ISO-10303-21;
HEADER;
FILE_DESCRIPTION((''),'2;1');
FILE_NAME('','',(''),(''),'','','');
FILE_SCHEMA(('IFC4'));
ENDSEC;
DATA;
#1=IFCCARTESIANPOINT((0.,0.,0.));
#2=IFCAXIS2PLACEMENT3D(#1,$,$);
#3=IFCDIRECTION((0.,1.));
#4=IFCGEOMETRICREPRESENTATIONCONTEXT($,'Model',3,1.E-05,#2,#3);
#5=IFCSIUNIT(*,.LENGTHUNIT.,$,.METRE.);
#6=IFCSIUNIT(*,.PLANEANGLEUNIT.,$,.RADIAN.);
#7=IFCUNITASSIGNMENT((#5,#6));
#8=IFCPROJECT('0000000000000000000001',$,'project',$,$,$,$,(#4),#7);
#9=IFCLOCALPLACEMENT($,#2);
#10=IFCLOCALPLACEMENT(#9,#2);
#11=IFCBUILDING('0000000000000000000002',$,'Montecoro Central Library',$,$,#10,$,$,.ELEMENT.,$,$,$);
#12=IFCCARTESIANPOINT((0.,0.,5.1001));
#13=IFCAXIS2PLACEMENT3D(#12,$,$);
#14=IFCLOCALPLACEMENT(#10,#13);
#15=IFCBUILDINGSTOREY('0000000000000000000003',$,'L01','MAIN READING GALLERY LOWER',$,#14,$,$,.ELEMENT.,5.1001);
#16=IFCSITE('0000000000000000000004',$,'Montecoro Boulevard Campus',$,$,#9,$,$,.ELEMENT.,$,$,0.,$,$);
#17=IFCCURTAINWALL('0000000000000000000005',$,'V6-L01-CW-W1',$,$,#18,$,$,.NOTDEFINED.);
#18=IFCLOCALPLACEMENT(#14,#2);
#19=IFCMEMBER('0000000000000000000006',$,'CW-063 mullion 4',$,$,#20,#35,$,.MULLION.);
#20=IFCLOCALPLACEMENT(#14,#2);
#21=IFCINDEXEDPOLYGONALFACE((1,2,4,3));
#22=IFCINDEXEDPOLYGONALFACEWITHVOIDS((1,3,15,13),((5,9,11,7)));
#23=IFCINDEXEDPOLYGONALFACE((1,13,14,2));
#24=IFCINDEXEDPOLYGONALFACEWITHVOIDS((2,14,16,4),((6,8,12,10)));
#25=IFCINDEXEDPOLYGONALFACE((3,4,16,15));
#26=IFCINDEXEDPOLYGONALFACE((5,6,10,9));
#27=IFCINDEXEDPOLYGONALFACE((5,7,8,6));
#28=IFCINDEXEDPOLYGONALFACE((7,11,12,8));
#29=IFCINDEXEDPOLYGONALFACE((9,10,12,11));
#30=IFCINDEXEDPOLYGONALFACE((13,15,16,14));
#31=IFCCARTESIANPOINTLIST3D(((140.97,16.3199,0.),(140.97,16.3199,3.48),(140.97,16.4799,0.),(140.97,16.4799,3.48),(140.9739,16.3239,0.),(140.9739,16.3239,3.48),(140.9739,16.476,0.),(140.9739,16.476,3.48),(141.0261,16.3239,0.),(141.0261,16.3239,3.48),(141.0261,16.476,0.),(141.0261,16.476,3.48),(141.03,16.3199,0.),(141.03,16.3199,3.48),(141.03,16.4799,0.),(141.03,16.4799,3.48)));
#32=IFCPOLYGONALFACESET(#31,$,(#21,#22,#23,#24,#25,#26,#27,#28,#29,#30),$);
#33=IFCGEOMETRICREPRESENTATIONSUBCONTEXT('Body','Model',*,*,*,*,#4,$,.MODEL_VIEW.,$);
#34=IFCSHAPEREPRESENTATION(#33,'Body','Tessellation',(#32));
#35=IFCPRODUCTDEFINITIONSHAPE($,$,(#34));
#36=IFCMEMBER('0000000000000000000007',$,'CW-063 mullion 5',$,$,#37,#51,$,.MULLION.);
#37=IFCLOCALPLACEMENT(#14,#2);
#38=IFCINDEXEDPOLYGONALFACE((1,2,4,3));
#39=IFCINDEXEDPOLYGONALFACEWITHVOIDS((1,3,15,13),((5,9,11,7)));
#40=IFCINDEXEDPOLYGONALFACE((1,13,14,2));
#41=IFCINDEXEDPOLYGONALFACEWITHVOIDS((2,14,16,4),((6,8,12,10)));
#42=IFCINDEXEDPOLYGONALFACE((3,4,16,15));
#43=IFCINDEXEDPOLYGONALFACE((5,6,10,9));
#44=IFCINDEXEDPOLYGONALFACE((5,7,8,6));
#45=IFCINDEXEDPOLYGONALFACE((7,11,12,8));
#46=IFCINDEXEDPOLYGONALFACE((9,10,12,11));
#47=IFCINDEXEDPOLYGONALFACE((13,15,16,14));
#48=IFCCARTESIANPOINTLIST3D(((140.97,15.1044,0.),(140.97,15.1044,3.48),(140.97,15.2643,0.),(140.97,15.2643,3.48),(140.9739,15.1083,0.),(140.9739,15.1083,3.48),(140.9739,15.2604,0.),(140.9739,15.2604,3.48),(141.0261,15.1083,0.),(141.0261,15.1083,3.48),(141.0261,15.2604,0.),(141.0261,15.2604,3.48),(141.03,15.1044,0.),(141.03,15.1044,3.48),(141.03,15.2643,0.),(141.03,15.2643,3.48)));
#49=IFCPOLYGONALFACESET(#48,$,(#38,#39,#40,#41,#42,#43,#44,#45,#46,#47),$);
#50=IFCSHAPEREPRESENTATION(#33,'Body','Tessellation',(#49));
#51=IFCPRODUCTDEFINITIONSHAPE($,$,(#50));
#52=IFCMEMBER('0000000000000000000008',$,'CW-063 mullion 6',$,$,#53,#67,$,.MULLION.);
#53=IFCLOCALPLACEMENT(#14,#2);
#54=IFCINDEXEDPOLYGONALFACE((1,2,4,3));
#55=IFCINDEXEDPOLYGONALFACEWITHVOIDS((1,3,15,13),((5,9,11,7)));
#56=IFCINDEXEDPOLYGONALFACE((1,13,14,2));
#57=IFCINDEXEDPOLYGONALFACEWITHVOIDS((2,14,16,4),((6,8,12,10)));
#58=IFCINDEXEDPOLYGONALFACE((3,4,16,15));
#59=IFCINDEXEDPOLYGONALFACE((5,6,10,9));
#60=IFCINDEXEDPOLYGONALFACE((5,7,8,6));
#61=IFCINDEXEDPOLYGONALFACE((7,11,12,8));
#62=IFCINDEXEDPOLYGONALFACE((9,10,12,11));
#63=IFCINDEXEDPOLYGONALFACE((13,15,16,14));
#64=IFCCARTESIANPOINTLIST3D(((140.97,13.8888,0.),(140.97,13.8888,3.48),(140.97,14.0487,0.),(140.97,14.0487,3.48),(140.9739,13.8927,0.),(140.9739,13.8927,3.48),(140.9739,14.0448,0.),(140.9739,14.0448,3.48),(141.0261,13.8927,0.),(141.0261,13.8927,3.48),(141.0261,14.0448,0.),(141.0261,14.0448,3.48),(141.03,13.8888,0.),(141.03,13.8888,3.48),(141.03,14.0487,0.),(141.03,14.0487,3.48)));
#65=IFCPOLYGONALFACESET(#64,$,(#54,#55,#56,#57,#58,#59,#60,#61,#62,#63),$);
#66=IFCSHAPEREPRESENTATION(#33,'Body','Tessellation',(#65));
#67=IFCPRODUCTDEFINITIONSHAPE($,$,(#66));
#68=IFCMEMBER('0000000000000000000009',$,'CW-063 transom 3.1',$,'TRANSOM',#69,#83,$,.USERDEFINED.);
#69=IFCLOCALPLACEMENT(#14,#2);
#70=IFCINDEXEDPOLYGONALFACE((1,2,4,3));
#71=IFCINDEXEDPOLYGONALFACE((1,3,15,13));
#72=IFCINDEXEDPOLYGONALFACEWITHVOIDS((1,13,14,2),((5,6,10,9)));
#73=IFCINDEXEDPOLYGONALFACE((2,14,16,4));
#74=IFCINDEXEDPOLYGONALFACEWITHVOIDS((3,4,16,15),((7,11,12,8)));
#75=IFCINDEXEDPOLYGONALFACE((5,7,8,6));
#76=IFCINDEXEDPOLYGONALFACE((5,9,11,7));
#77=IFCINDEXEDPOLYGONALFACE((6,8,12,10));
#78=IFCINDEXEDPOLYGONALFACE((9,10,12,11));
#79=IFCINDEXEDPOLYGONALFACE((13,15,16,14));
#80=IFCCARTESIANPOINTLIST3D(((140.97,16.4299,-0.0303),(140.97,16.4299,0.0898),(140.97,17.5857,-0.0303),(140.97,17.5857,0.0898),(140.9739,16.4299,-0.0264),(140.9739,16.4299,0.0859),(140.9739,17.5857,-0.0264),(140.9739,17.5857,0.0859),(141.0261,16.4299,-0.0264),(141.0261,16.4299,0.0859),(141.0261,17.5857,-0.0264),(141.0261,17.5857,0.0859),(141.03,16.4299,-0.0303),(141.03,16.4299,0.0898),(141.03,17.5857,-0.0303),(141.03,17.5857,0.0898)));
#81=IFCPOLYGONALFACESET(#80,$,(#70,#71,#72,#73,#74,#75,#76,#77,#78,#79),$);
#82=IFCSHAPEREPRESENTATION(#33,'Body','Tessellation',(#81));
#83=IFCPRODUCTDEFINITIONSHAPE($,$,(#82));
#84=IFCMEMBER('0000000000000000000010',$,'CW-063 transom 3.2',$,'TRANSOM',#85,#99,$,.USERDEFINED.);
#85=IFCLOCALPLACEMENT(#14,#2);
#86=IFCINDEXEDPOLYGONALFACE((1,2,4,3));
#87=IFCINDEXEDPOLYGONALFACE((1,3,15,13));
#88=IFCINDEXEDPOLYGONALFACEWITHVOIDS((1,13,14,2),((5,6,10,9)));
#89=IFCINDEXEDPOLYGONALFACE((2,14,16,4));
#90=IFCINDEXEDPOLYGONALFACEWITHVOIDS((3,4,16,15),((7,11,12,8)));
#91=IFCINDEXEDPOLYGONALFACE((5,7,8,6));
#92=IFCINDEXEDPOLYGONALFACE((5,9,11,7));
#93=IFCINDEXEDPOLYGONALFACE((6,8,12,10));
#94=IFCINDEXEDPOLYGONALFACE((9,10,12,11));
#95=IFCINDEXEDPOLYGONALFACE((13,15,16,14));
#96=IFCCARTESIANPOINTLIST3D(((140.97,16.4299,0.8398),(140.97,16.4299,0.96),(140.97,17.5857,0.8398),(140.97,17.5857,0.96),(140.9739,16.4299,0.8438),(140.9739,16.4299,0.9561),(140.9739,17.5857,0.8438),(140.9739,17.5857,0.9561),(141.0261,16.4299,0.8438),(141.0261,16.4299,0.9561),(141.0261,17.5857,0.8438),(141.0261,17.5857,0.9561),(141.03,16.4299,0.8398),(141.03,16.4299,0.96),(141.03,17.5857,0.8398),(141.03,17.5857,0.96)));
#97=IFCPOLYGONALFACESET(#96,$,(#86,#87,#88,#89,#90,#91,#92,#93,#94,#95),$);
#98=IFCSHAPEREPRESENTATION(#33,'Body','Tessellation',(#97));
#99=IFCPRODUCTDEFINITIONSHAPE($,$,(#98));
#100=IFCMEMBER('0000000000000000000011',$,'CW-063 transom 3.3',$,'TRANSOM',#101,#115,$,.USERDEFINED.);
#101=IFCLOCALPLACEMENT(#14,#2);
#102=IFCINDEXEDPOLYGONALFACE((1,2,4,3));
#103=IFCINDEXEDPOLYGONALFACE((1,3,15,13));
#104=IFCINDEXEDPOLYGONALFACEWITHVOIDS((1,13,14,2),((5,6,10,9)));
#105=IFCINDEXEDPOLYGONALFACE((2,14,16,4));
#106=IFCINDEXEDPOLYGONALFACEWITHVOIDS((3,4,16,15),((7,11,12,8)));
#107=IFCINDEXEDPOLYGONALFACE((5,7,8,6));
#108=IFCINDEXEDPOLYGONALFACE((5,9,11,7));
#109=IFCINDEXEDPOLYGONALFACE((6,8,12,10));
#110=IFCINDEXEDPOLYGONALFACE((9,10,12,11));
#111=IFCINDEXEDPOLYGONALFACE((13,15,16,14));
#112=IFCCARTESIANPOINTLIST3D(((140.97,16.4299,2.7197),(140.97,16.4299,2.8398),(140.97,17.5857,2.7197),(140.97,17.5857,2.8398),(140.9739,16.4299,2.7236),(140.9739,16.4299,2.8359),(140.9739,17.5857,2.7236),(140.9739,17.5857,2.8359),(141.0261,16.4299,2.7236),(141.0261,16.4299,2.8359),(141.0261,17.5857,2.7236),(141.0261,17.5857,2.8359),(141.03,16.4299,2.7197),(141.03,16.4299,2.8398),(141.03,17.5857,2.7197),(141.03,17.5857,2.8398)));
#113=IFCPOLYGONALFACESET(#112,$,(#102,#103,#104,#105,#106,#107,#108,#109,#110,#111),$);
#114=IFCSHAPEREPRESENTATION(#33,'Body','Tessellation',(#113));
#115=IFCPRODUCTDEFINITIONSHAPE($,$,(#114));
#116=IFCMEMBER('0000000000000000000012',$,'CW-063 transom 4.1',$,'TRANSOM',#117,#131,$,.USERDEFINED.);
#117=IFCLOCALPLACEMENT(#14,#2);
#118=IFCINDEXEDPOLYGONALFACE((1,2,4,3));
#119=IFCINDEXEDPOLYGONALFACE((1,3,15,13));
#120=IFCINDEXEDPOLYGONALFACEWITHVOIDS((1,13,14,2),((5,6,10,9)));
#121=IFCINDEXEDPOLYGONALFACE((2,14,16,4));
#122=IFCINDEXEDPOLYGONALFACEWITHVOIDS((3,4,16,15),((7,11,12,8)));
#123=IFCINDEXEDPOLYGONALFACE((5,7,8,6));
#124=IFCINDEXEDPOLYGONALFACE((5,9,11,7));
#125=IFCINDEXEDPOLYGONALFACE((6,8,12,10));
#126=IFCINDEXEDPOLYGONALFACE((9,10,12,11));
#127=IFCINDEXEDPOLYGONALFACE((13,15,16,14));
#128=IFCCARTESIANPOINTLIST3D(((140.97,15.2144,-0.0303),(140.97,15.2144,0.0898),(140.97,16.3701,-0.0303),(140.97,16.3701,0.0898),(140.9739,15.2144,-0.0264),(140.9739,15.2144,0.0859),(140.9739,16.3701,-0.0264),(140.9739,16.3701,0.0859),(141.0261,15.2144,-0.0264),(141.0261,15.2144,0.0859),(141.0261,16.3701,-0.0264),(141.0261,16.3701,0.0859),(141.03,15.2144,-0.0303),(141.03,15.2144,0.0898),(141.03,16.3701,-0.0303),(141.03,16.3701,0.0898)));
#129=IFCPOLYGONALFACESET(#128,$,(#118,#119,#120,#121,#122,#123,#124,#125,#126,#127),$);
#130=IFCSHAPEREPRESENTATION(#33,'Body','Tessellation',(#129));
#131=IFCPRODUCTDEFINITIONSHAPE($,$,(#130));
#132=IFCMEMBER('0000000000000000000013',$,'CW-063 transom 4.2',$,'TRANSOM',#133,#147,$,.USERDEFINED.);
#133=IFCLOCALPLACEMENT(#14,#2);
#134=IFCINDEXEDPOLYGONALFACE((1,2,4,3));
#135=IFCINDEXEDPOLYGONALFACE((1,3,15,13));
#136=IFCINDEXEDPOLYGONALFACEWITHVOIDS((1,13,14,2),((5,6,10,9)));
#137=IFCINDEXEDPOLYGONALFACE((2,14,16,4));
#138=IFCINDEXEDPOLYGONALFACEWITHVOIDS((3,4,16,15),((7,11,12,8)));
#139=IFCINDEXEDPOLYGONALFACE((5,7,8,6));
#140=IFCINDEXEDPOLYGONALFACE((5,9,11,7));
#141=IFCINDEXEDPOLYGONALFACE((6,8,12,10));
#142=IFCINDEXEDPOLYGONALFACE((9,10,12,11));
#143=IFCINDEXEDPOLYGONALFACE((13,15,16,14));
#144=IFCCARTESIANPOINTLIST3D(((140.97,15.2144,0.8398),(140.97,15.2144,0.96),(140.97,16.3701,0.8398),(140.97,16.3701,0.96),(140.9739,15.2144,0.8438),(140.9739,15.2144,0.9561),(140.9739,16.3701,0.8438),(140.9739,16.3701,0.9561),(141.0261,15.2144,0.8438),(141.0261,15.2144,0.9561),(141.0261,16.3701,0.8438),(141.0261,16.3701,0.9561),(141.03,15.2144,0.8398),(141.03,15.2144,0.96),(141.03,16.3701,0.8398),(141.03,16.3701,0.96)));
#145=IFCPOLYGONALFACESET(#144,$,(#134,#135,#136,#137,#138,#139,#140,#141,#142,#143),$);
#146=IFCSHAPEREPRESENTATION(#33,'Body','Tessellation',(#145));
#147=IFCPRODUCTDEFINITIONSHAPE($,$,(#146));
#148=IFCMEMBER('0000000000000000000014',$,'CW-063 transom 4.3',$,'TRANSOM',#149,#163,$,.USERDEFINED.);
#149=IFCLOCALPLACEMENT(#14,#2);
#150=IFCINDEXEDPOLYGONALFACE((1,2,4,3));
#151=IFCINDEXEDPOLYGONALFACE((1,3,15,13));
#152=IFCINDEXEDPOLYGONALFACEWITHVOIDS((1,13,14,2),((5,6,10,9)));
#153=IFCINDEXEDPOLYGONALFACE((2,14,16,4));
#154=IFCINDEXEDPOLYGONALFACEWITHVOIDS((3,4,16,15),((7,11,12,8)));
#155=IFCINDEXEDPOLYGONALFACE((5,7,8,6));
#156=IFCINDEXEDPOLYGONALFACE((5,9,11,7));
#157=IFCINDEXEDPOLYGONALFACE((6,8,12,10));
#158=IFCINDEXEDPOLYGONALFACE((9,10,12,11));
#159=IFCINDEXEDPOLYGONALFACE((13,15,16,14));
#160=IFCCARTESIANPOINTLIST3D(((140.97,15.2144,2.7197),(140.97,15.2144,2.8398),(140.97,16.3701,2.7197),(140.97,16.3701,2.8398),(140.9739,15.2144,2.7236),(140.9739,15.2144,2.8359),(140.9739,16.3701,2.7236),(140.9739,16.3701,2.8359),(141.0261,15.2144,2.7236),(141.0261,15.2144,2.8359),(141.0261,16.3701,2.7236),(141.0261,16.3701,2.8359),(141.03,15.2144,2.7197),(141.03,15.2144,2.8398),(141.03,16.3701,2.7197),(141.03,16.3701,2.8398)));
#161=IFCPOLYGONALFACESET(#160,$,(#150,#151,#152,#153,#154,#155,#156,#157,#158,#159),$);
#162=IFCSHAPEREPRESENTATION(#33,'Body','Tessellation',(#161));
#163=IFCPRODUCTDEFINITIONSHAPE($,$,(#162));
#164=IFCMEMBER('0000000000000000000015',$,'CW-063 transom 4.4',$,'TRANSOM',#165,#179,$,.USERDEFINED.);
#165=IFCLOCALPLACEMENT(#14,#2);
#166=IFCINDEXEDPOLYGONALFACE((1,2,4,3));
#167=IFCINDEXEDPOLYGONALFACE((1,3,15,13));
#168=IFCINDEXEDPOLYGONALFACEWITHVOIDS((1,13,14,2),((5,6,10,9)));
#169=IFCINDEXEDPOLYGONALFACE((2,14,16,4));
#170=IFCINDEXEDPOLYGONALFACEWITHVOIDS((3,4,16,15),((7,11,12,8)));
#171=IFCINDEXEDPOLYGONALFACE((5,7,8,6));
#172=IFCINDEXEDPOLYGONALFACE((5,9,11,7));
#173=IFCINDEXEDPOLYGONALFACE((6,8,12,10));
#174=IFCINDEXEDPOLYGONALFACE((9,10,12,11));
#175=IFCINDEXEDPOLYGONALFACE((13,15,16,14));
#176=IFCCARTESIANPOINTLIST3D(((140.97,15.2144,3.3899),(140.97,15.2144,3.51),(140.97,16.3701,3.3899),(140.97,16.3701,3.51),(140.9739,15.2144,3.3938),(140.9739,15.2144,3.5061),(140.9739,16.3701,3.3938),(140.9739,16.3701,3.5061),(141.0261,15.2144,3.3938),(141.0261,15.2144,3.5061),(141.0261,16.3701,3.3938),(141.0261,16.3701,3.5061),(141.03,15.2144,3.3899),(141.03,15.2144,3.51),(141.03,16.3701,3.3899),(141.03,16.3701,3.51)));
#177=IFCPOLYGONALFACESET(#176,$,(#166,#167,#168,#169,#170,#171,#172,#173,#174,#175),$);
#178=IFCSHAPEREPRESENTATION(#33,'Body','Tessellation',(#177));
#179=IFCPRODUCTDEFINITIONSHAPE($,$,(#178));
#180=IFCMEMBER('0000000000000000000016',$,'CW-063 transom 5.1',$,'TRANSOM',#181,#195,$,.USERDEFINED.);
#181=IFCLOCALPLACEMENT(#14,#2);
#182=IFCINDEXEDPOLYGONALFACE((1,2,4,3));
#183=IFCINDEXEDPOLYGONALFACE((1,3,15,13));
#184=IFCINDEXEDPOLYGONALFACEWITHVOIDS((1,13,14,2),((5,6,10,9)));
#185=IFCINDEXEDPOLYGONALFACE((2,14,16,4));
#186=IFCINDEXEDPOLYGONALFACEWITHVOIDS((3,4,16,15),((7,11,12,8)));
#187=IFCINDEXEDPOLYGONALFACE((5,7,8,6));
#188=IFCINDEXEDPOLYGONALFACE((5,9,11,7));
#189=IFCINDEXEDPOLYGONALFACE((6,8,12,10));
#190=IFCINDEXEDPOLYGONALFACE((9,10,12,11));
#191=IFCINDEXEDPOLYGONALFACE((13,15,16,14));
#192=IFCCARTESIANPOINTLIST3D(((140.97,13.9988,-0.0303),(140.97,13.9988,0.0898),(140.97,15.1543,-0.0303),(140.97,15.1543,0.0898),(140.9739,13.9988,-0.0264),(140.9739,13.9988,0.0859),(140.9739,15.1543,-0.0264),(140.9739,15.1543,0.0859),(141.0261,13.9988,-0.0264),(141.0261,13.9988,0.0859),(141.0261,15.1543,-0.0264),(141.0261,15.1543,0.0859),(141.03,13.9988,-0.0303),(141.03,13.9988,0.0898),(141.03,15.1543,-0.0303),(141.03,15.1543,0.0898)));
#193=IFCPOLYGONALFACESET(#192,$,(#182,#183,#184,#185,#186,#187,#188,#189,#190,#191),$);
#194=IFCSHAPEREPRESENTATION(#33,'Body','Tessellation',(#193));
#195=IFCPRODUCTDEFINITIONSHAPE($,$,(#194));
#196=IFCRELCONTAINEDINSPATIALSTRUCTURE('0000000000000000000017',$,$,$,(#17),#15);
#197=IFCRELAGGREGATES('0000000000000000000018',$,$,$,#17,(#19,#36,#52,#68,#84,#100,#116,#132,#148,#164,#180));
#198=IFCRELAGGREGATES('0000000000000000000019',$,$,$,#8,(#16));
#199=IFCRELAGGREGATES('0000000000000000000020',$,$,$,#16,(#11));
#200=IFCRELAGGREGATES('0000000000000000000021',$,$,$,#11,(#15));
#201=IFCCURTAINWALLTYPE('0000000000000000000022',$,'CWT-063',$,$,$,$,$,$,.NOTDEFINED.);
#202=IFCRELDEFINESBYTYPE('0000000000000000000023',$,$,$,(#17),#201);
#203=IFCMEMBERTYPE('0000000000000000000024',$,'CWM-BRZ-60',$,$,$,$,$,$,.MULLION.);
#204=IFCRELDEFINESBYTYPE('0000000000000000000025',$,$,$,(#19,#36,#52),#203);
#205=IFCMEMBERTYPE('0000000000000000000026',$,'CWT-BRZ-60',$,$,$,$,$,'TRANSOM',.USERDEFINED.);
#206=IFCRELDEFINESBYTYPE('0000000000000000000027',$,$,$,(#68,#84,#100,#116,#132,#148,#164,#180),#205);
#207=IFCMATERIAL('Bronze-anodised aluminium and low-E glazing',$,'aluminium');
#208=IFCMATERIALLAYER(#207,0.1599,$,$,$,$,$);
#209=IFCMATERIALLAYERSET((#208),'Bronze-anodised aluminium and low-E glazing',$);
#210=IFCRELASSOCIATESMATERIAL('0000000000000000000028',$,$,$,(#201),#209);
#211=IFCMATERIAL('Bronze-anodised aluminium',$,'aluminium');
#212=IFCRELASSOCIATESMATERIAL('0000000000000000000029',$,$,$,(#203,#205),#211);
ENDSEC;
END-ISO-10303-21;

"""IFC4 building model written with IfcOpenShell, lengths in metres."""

from ifc_helpers import new_model, si_unit, direction, frame, origin, origin_2d, place, context, subcontext, project, spatial, hollow_rectangle, extrude, material, layer, layer_set, material_profile, profile_set, type_object, element, aggregate, save


model = new_model("IFC4")

# Units and contexts
model_context = context("Model", 3, precision=1e-05, world=origin(), true_north=direction((0.0, 1.0)))
body_context = subcontext(model_context, "Body", "Model", "MODEL_VIEW")
ifc_project = project(units=[si_unit("LENGTHUNIT", "METRE"), si_unit("PLANEANGLEUNIT", "RADIAN")], contexts=[model_context])

# Site, building, storey
site_placement = place(None, origin())
site = spatial("IfcSite", under=ifc_project, at=site_placement, Name="Montecoro Boulevard Campus", CompositionType="ELEMENT", RefElevation=0.0)
building_placement = place(site_placement, origin())
building = spatial("IfcBuilding", under=site, at=building_placement, Name="Montecoro Central Library", CompositionType="ELEMENT")
storey_placement = place(building_placement, frame((0.0, 0.0, 5.1001)))
storey = spatial("IfcBuildingStorey", under=building, at=storey_placement, Name="L01", Description="MAIN READING GALLERY LOWER", CompositionType="ELEMENT", Elevation=5.1001)

# Curtain wall, members
ifc_material_1 = material(Name="Bronze-anodised aluminium and low-E glazing", Category="aluminium")
ifc_layer_1 = layer(ifc_material_1, 0.1599)
ifc_layer_set_1 = layer_set([ifc_layer_1], Name="Bronze-anodised aluminium and low-E glazing")
curtain_wall_type = type_object("IfcCurtainWallType", Name="CWT-063", PredefinedType="NOTDEFINED", material=ifc_layer_set_1)
curtain_wall_placement = place(storey_placement, origin())
curtain_wall = element("IfcCurtainWall", 1, at=curtain_wall_placement, inside=storey, type_object=curtain_wall_type, Name="V6-L01-CW-W1", PredefinedType="NOTDEFINED")
ifc_material_2 = material(Name="Bronze-anodised aluminium", Category="aluminium")
ifc_material_profile_1 = material_profile(ifc_material_2, hollow_rectangle(XDim=0.0601, YDim=0.1599, WallThickness=0.0039, at=origin_2d()), Name="CWM 160x60x4.0")
ifc_profile_set_1 = profile_set([ifc_material_profile_1], Name="Bronze-anodised aluminium")
member_type_1 = type_object("IfcMemberType", Name="CWM-BRZ-60", PredefinedType="MULLION", material=ifc_profile_set_1)
member_1_placement = place(storey_placement, frame((141.0, 16.3999, 0.0), z_axis=(0.0, 0.0, 1.0), x_axis=(1.0, 0.0, 0.0)))
member_1 = element("IfcMember", 2, at=member_1_placement, type_object=member_type_1, Name="CW-063 mullion 4", PredefinedType="MULLION", context=body_context, shape_type="SweptSolid", body=[
    extrude(hollow_rectangle(XDim=0.0601, YDim=0.1599, WallThickness=0.0039, at=origin_2d()), origin(), (0.0, 0.0, 1.0), 3.48),
])
member_2_placement = place(storey_placement, frame((141.0, 15.1843, 0.0), z_axis=(0.0, 0.0, 1.0), x_axis=(1.0, 0.0, 0.0)))
member_2 = element("IfcMember", 3, at=member_2_placement, type_object=member_type_1, Name="CW-063 mullion 5", PredefinedType="MULLION", context=body_context, shape_type="SweptSolid", body=[
    extrude(hollow_rectangle(XDim=0.0601, YDim=0.1599, WallThickness=0.0039, at=origin_2d()), origin(), (0.0, 0.0, 1.0), 3.48),
])
member_3_placement = place(storey_placement, frame((141.0, 13.9688, 0.0), z_axis=(0.0, 0.0, 1.0), x_axis=(1.0, 0.0, 0.0)))
member_3 = element("IfcMember", 4, at=member_3_placement, type_object=member_type_1, Name="CW-063 mullion 6", PredefinedType="MULLION", context=body_context, shape_type="SweptSolid", body=[
    extrude(hollow_rectangle(XDim=0.0601, YDim=0.1599, WallThickness=0.0039, at=origin_2d()), origin(), (0.0, 0.0, 1.0), 3.48),
])
ifc_material_profile_2 = material_profile(ifc_material_2, hollow_rectangle(XDim=0.0601, YDim=0.1201, WallThickness=0.0039, at=origin_2d()), Name="CWT 120x60x4.0")
ifc_profile_set_2 = profile_set([ifc_material_profile_2], Name="Bronze-anodised aluminium")
member_type_2 = type_object("IfcMemberType", Name="CWT-BRZ-60", ElementType="TRANSOM", PredefinedType="USERDEFINED", material=ifc_profile_set_2)
member_4_placement = place(storey_placement, frame((141.0, 17.5857, 0.0298), z_axis=(0.0, -1.0, 0.0), x_axis=(1.0, 0.0, 0.0)))
member_4 = element("IfcMember", 5, at=member_4_placement, type_object=member_type_2, Name="CW-063 transom 3.1", ObjectType="TRANSOM", PredefinedType="USERDEFINED", context=body_context, shape_type="SweptSolid", body=[
    extrude(hollow_rectangle(XDim=0.0601, YDim=0.1201, WallThickness=0.0039, at=origin_2d()), origin(), (0.0, 0.0, 1.0), 1.1558),
])
member_5_placement = place(storey_placement, frame((141.0, 17.5857, 0.8999), z_axis=(0.0, -1.0, 0.0), x_axis=(1.0, 0.0, 0.0)))
member_5 = element("IfcMember", 6, at=member_5_placement, type_object=member_type_2, Name="CW-063 transom 3.2", ObjectType="TRANSOM", PredefinedType="USERDEFINED", context=body_context, shape_type="SweptSolid", body=[
    extrude(hollow_rectangle(XDim=0.0601, YDim=0.1201, WallThickness=0.0039, at=origin_2d()), origin(), (0.0, 0.0, 1.0), 1.1558),
])
member_6_placement = place(storey_placement, frame((141.0, 17.5857, 2.7798), z_axis=(0.0, -1.0, 0.0), x_axis=(1.0, 0.0, 0.0)))
member_6 = element("IfcMember", 7, at=member_6_placement, type_object=member_type_2, Name="CW-063 transom 3.3", ObjectType="TRANSOM", PredefinedType="USERDEFINED", context=body_context, shape_type="SweptSolid", body=[
    extrude(hollow_rectangle(XDim=0.0601, YDim=0.1201, WallThickness=0.0039, at=origin_2d()), origin(), (0.0, 0.0, 1.0), 1.1558),
])
member_7_placement = place(storey_placement, frame((141.0, 16.3701, 0.0298), z_axis=(0.0, -1.0, 0.0), x_axis=(1.0, 0.0, 0.0)))
member_7 = element("IfcMember", 8, at=member_7_placement, type_object=member_type_2, Name="CW-063 transom 4.1", ObjectType="TRANSOM", PredefinedType="USERDEFINED", context=body_context, shape_type="SweptSolid", body=[
    extrude(hollow_rectangle(XDim=0.0601, YDim=0.1201, WallThickness=0.0039, at=origin_2d()), origin(), (0.0, 0.0, 1.0), 1.1558),
])
member_8_placement = place(storey_placement, frame((141.0, 16.3701, 0.8999), z_axis=(0.0, -1.0, 0.0), x_axis=(1.0, 0.0, 0.0)))
member_8 = element("IfcMember", 9, at=member_8_placement, type_object=member_type_2, Name="CW-063 transom 4.2", ObjectType="TRANSOM", PredefinedType="USERDEFINED", context=body_context, shape_type="SweptSolid", body=[
    extrude(hollow_rectangle(XDim=0.0601, YDim=0.1201, WallThickness=0.0039, at=origin_2d()), origin(), (0.0, 0.0, 1.0), 1.1558),
])
member_9_placement = place(storey_placement, frame((141.0, 16.3701, 2.7798), z_axis=(0.0, -1.0, 0.0), x_axis=(1.0, 0.0, 0.0)))
member_9 = element("IfcMember", 10, at=member_9_placement, type_object=member_type_2, Name="CW-063 transom 4.3", ObjectType="TRANSOM", PredefinedType="USERDEFINED", context=body_context, shape_type="SweptSolid", body=[
    extrude(hollow_rectangle(XDim=0.0601, YDim=0.1201, WallThickness=0.0039, at=origin_2d()), origin(), (0.0, 0.0, 1.0), 1.1558),
])
member_10_placement = place(storey_placement, frame((141.0, 16.3701, 3.45), z_axis=(0.0, -1.0, 0.0), x_axis=(1.0, 0.0, 0.0)))
member_10 = element("IfcMember", 11, at=member_10_placement, type_object=member_type_2, Name="CW-063 transom 4.4", ObjectType="TRANSOM", PredefinedType="USERDEFINED", context=body_context, shape_type="SweptSolid", body=[
    extrude(hollow_rectangle(XDim=0.0601, YDim=0.1201, WallThickness=0.0039, at=origin_2d()), origin(), (0.0, 0.0, 1.0), 1.1558),
])
member_11_placement = place(storey_placement, frame((141.0, 15.1543, 0.0298), z_axis=(0.0, -1.0, 0.0), x_axis=(1.0, 0.0, 0.0)))
member_11 = element("IfcMember", 12, at=member_11_placement, type_object=member_type_2, Name="CW-063 transom 5.1", ObjectType="TRANSOM", PredefinedType="USERDEFINED", context=body_context, shape_type="SweptSolid", body=[
    extrude(hollow_rectangle(XDim=0.0601, YDim=0.1201, WallThickness=0.0039, at=origin_2d()), origin(), (0.0, 0.0, 1.0), 1.1555),
])
aggregate(curtain_wall, [member_1, member_2, member_3, member_4, member_5, member_6, member_7, member_8, member_9, member_10, member_11])

save(model, "model.ifc")
